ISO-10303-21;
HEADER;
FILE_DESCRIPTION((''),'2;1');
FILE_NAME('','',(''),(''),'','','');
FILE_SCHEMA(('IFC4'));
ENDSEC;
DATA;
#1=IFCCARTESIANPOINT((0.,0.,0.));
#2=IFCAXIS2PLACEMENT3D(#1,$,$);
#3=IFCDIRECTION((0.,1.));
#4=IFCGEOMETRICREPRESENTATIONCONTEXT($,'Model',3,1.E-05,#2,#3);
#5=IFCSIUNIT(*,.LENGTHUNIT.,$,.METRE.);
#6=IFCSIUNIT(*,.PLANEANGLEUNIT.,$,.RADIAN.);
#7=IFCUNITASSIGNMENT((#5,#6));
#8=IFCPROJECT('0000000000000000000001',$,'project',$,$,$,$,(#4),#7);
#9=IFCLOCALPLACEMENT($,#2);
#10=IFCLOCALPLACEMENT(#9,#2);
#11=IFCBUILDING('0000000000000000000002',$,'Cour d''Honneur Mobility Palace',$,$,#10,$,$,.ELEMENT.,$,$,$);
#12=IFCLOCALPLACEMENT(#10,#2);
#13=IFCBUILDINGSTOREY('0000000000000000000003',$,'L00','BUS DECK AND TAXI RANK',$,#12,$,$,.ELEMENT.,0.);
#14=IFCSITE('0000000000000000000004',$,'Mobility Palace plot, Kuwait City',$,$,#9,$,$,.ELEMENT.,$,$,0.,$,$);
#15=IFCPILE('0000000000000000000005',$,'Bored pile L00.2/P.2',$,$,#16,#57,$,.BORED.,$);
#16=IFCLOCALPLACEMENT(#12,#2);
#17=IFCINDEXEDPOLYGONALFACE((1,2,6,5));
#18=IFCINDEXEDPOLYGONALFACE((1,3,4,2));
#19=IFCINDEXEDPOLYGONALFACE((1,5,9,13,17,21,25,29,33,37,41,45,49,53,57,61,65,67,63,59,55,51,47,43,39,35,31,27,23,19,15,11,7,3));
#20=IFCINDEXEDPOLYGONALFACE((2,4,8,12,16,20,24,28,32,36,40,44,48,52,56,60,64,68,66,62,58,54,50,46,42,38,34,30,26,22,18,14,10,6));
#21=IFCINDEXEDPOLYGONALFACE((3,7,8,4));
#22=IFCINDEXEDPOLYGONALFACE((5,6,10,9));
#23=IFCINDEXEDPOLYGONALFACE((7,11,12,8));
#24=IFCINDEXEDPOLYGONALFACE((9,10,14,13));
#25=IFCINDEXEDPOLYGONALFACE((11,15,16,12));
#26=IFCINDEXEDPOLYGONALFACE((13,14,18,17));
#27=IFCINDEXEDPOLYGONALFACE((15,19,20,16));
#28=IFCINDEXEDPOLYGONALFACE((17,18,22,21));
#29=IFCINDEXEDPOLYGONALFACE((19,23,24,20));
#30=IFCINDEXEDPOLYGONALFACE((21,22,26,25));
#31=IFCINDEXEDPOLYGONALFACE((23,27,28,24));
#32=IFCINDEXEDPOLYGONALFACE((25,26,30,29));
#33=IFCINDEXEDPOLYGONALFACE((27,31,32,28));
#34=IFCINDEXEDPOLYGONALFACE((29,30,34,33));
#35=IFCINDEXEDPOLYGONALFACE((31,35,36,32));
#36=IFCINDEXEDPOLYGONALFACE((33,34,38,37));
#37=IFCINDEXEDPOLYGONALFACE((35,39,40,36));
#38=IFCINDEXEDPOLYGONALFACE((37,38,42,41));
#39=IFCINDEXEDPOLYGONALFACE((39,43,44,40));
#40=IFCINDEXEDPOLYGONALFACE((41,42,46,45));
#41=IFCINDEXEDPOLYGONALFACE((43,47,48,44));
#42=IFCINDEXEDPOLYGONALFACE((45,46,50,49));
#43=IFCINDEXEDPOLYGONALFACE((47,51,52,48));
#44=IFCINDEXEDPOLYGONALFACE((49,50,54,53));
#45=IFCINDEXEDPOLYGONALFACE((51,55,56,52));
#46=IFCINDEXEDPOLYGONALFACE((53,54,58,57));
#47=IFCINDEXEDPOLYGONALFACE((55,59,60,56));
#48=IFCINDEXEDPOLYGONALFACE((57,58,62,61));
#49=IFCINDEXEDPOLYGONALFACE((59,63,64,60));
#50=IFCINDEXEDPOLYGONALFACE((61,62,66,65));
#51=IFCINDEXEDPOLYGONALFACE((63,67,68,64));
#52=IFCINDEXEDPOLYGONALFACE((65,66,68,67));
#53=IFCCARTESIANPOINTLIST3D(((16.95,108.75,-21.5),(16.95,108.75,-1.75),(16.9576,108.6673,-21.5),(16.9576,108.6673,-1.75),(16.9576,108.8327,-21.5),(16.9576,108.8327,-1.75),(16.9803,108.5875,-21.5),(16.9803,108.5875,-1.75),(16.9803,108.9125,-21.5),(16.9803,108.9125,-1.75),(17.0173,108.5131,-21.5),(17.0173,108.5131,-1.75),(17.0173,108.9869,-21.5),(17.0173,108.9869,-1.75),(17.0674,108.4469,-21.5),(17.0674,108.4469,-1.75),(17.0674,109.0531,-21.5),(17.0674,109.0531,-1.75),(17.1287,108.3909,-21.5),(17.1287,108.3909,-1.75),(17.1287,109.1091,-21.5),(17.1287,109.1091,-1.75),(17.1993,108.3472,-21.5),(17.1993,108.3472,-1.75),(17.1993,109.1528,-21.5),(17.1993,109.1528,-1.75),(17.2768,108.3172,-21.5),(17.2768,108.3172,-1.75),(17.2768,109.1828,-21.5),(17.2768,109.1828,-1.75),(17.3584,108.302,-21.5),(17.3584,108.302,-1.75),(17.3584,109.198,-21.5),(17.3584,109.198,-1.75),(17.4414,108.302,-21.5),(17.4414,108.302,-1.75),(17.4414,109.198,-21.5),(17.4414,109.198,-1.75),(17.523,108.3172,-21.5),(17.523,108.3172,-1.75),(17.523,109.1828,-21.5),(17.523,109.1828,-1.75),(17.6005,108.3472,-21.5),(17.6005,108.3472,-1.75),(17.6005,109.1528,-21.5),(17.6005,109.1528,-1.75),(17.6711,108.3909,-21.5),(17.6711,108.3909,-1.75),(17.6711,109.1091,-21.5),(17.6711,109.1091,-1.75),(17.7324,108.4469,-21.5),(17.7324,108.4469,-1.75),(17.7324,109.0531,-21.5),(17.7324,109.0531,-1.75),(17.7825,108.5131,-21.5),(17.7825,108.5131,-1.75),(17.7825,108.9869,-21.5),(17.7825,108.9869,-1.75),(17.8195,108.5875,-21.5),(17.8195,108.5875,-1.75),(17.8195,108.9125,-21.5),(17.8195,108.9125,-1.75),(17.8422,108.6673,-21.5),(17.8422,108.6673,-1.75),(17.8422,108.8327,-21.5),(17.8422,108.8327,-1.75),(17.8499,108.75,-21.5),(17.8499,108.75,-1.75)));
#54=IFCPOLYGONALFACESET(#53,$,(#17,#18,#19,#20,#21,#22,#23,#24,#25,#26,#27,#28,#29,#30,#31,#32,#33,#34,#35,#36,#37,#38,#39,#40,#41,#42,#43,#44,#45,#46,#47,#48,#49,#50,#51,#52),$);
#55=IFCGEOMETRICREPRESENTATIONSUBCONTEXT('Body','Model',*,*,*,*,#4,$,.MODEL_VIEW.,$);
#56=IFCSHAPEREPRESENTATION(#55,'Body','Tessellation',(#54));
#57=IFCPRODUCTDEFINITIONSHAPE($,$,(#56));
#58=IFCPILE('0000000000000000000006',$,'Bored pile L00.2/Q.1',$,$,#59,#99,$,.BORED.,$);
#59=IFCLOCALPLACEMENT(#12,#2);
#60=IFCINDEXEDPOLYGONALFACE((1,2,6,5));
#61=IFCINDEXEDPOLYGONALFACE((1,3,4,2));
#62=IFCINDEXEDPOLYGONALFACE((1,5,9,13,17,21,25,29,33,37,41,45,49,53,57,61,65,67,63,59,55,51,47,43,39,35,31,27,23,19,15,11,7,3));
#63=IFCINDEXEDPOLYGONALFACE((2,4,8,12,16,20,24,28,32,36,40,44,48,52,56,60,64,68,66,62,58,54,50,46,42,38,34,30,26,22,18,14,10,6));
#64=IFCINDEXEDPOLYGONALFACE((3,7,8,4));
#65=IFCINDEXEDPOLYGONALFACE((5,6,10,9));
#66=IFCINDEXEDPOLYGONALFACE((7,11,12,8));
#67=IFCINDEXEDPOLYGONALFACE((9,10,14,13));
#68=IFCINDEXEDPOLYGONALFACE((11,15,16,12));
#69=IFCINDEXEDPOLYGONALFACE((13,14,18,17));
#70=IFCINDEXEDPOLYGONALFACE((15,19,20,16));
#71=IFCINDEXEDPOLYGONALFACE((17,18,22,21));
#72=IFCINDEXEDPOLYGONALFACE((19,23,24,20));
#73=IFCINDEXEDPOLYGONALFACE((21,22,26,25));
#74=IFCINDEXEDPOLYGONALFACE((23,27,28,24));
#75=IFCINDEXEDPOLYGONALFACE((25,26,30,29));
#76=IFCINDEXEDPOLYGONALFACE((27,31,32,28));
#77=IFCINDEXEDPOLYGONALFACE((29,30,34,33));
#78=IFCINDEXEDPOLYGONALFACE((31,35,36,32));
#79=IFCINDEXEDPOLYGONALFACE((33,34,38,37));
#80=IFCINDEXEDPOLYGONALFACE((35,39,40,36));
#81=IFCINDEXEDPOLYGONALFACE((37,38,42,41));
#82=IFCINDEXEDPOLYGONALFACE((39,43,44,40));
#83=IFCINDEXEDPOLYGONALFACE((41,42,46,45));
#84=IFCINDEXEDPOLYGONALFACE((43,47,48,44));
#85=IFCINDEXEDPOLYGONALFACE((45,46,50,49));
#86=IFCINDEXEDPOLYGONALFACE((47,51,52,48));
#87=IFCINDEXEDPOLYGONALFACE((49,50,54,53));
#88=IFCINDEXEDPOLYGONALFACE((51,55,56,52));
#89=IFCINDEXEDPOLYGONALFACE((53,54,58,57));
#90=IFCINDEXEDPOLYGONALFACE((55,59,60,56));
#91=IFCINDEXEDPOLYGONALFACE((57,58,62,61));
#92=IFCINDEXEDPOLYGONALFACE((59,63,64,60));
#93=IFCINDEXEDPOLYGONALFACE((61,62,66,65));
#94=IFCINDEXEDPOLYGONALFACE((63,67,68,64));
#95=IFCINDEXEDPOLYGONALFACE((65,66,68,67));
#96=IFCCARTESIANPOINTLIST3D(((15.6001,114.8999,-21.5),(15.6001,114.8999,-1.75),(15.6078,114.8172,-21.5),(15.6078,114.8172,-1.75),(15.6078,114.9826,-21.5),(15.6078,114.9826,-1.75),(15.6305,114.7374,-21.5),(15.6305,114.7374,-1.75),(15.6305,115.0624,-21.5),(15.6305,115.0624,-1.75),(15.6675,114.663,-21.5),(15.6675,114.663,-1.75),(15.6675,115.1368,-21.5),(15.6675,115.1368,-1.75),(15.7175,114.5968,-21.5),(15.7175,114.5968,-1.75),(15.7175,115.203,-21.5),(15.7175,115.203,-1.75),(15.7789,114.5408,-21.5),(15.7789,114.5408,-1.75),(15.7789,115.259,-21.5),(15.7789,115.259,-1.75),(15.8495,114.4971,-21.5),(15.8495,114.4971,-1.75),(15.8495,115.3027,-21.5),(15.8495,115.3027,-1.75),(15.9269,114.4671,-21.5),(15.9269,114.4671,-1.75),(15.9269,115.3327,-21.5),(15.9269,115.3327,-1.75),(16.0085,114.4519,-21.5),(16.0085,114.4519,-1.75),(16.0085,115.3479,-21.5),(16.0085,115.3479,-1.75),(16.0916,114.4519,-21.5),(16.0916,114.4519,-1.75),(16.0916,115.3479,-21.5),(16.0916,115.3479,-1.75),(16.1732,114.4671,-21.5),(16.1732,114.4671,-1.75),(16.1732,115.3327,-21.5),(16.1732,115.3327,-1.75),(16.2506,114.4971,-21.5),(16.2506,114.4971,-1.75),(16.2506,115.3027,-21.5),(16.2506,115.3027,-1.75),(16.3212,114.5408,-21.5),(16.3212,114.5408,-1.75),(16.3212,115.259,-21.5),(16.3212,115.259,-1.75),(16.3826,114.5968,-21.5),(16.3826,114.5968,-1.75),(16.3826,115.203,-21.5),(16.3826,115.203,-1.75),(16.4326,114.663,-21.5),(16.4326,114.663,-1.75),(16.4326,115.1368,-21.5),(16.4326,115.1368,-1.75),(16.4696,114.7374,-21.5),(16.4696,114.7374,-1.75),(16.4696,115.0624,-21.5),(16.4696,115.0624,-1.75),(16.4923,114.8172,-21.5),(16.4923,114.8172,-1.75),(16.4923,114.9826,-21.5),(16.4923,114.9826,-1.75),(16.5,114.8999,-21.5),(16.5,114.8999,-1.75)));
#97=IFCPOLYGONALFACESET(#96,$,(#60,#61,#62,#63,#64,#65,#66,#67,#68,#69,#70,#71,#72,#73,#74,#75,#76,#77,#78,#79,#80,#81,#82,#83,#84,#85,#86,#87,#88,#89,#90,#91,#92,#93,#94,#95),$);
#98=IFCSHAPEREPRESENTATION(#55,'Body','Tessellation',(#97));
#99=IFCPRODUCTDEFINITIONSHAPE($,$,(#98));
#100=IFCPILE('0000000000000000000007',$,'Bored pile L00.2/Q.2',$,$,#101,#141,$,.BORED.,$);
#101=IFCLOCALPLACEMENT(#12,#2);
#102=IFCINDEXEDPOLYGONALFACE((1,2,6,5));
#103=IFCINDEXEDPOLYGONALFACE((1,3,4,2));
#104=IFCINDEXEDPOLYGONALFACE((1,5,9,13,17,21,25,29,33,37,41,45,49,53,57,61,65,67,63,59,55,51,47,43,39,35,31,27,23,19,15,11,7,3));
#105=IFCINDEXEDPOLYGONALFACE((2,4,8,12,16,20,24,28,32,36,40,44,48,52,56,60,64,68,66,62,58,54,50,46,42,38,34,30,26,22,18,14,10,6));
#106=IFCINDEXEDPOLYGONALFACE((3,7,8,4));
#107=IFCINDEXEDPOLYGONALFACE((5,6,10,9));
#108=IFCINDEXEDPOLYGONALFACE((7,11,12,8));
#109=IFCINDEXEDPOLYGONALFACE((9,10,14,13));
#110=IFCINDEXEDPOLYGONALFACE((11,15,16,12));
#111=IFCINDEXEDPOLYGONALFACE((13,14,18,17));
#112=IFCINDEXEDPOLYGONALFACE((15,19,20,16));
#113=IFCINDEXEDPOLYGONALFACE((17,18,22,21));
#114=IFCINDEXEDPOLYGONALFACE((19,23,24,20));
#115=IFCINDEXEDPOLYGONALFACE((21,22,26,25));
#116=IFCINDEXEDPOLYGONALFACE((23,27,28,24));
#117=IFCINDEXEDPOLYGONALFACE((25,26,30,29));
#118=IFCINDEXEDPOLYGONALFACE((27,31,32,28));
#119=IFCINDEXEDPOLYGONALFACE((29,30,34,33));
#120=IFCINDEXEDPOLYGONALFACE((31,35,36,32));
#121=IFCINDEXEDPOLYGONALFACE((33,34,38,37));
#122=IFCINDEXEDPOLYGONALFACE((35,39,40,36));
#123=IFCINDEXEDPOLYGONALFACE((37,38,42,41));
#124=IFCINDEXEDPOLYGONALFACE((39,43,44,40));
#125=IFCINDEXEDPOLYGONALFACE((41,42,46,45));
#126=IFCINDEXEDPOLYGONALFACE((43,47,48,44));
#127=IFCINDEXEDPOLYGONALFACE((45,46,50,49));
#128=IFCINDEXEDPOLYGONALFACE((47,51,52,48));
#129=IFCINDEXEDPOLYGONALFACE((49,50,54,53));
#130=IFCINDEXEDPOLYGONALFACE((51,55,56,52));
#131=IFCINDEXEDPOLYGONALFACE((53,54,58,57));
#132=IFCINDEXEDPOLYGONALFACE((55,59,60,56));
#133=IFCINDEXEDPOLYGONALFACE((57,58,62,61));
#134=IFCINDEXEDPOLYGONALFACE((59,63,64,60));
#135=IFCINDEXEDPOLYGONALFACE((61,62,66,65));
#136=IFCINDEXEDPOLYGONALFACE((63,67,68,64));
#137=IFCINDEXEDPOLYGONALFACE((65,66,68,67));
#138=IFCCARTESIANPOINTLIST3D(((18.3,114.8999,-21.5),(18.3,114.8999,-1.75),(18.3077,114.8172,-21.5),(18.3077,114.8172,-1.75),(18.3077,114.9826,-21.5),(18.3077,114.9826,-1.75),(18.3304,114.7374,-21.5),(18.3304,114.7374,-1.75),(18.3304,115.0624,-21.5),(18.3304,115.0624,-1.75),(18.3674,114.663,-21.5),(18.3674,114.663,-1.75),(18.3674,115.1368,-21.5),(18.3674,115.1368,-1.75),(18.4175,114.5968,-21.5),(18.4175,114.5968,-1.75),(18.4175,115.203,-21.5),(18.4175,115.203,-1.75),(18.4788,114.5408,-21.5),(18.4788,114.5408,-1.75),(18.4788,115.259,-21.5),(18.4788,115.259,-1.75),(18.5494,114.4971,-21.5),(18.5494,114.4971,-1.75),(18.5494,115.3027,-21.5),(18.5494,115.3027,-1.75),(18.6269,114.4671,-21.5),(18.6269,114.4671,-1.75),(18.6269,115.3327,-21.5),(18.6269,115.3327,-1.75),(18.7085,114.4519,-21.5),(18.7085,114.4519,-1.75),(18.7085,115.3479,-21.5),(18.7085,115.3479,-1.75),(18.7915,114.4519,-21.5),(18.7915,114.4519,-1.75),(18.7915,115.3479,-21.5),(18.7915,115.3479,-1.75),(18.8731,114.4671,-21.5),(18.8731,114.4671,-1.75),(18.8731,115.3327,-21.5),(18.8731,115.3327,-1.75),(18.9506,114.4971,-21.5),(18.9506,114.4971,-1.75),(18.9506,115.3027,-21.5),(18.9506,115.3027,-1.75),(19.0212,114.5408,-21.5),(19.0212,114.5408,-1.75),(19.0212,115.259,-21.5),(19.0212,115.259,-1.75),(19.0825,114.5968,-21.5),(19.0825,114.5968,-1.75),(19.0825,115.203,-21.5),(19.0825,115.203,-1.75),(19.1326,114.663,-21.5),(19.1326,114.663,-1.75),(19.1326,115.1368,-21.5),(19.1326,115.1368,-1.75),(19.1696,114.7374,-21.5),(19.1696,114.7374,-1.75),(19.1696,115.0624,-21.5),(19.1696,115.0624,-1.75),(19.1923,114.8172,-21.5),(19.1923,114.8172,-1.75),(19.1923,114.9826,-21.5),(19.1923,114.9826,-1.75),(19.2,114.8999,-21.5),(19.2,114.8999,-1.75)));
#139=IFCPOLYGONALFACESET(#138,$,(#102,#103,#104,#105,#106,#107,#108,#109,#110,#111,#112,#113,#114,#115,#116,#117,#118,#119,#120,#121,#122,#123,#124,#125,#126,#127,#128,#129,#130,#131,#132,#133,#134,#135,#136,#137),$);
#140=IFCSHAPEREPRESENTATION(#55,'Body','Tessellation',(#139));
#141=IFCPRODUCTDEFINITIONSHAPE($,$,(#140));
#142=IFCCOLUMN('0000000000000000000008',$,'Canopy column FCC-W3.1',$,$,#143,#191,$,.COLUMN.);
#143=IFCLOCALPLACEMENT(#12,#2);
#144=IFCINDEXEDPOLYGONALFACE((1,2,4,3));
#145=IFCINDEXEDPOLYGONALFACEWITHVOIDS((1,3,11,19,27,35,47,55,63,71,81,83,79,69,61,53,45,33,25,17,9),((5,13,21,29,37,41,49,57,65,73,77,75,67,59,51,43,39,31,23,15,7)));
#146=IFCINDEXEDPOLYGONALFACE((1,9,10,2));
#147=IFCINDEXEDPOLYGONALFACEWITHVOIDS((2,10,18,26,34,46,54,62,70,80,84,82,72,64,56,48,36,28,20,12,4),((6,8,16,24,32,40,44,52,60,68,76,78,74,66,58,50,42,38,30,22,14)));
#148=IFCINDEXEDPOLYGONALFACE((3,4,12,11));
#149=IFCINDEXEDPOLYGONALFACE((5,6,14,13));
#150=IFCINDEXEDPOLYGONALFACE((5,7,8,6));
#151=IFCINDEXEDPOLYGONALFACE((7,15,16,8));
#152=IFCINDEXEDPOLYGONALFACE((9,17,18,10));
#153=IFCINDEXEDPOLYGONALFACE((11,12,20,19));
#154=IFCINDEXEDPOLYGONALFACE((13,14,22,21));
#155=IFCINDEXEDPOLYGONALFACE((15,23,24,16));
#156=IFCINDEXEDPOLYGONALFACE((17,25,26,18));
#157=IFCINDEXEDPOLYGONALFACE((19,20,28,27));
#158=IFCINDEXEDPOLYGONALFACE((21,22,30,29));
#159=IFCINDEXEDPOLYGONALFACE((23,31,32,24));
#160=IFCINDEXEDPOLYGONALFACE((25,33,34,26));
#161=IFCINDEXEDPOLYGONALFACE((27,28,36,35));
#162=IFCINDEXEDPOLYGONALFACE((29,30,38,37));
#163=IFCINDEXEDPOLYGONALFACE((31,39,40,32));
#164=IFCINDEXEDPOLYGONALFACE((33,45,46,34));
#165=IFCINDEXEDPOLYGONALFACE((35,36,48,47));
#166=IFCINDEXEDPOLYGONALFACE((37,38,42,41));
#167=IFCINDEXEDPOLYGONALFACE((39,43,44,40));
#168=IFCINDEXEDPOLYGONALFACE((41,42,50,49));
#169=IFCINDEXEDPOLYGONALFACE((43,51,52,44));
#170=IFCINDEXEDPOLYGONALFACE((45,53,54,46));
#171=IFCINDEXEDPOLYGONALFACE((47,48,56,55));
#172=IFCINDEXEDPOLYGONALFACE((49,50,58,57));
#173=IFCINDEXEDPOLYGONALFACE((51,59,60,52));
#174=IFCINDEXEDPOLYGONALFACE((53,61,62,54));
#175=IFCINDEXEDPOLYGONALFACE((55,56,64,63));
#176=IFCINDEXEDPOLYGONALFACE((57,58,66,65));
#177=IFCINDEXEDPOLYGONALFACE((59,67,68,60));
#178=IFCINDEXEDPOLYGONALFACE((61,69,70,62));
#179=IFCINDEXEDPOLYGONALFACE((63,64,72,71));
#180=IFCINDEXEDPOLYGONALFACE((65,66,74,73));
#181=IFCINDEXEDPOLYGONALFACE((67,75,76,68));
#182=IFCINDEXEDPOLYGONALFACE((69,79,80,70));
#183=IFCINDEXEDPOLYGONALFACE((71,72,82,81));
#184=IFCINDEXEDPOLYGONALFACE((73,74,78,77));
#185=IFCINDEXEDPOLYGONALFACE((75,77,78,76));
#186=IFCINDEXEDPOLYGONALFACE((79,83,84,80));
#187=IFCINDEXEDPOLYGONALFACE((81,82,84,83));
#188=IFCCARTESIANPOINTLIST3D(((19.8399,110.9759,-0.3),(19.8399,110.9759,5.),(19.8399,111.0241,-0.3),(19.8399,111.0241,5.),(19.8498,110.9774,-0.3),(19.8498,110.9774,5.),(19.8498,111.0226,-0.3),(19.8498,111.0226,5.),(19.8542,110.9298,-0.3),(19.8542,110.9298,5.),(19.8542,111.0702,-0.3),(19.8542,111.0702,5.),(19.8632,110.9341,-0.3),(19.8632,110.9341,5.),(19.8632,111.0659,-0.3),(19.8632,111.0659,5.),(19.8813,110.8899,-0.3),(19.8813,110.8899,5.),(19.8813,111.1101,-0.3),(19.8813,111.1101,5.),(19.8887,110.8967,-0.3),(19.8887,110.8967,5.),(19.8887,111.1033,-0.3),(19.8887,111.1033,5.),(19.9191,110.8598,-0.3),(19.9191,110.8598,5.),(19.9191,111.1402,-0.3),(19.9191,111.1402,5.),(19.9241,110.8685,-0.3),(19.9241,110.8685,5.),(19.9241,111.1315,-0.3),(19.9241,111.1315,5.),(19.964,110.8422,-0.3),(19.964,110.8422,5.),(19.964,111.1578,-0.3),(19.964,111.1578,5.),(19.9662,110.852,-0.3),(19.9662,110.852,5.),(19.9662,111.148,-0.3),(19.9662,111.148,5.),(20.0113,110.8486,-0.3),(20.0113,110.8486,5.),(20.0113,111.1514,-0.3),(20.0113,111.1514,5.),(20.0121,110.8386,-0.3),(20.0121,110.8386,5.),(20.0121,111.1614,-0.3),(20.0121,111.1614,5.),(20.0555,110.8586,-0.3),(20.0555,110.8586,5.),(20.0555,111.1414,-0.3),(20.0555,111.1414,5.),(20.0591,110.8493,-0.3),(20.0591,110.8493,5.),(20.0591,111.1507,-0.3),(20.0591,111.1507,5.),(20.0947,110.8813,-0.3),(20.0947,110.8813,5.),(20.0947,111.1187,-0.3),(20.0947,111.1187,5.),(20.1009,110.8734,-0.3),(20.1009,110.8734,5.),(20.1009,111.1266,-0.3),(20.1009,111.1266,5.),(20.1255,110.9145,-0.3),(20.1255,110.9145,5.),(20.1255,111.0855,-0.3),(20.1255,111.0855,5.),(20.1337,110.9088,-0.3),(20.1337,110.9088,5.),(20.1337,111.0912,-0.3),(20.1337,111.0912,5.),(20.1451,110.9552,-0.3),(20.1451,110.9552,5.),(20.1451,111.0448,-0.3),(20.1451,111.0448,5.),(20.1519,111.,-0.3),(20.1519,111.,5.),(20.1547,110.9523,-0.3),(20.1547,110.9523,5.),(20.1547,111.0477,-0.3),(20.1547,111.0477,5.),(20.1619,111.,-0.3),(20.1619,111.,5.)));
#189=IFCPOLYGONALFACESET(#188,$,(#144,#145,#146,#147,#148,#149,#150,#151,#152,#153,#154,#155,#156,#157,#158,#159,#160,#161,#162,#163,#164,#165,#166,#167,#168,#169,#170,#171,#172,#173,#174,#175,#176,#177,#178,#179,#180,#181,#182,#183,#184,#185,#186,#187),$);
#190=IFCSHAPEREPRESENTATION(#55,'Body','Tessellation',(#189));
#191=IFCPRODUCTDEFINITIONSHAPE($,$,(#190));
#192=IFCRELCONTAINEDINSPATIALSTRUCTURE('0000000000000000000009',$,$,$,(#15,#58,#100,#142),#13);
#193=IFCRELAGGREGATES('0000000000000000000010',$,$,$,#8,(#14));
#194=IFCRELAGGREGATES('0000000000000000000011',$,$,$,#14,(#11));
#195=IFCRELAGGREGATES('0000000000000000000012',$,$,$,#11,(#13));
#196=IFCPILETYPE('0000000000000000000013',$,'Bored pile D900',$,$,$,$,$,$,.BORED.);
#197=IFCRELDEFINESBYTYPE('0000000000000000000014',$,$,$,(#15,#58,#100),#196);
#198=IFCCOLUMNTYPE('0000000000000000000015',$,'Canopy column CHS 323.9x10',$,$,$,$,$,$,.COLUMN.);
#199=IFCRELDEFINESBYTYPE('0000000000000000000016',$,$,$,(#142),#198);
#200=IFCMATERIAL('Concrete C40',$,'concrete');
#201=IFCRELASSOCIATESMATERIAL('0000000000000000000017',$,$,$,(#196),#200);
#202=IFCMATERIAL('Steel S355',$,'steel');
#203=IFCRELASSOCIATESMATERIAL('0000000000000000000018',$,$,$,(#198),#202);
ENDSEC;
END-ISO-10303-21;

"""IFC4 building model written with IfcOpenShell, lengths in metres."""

from ifc_helpers import new_model, si_unit, direction, frame, origin, origin_2d, place, context, subcontext, project, spatial, circle, hollow_circle, extrude, material, material_profile, profile_set, type_object, element, save


model = new_model("IFC4")

# Units and contexts
model_context = context("Model", 3, precision=1e-05, world=origin(), true_north=direction((0.0, 1.0)))
body_context = subcontext(model_context, "Body", "Model", "MODEL_VIEW")
ifc_project = project(units=[si_unit("LENGTHUNIT", "METRE"), si_unit("PLANEANGLEUNIT", "RADIAN")], contexts=[model_context])

# Site, building, storey
site_placement = place(None, origin())
site = spatial("IfcSite", under=ifc_project, at=site_placement, Name="Mobility Palace plot, Kuwait City", CompositionType="ELEMENT", RefElevation=0.0)
building_placement = place(site_placement, origin())
building = spatial("IfcBuilding", under=site, at=building_placement, Name="Cour d'Honneur Mobility Palace", CompositionType="ELEMENT")
storey_placement = place(building_placement, origin())
storey = spatial("IfcBuildingStorey", under=building, at=storey_placement, Name="L00", Description="BUS DECK AND TAXI RANK", CompositionType="ELEMENT", Elevation=0.0)

# Piles
ifc_material_1 = material(Name="Concrete C40", Category="concrete")
ifc_material_profile_1 = material_profile(ifc_material_1, circle(Radius=0.45, at=origin_2d()), Name="Bored pile D900")
ifc_profile_set_1 = profile_set([ifc_material_profile_1], Name="Concrete C40")
pile_type = type_object("IfcPileType", Name="Bored pile D900", PredefinedType="BORED", material=ifc_profile_set_1)
for number, where, z_axis, x_axis, name in (
    (1, (17.3999, 108.75, -1.75), (0.0, 0.0, -1.0), (1.0, 0.0, 0.0), "Bored pile L00.2/P.2"),
    (2, (16.05, 114.8999, -1.75), (0.0, 0.0, -1.0), (1.0, 0.0, 0.0), "Bored pile L00.2/Q.1"),
    (3, (18.75, 114.8999, -1.75), (0.0, 0.0, -1.0), (1.0, 0.0, 0.0), "Bored pile L00.2/Q.2"),
):
    element("IfcPile", number, at=place(storey_placement, frame(where, z_axis=z_axis, x_axis=x_axis)), inside=storey, type_object=pile_type, Name=name, PredefinedType="BORED", context=body_context, shape_type="SweptSolid", body=[
        extrude(circle(Radius=0.45, at=origin_2d()), origin(), (0.0, 0.0, 1.0), 19.75),
    ])

# Column
ifc_material_2 = material(Name="Steel S355", Category="steel")
ifc_material_profile_2 = material_profile(ifc_material_2, hollow_circle(Radius=0.1619, WallThickness=0.01, at=origin_2d()), Name="CHS 323.9x10")
ifc_profile_set_2 = profile_set([ifc_material_profile_2], Name="Steel S355")
column_type_1 = type_object("IfcColumnType", Name="Canopy column CHS 323.9x10", PredefinedType="COLUMN", material=ifc_profile_set_2)
for number, where, z_axis, x_axis, name in (
    (4, (20.0, 111.0, -0.3), (0.0, 0.0, 1.0), (1.0, 0.0, 0.0), "Canopy column FCC-W3.1"),
):
    element("IfcColumn", number, at=place(storey_placement, frame(where, z_axis=z_axis, x_axis=x_axis)), inside=storey, type_object=column_type_1, Name=name, PredefinedType="COLUMN", context=body_context, shape_type="SweptSolid", body=[
        extrude(hollow_circle(Radius=0.1619, WallThickness=0.01, at=origin_2d()), origin(), (0.0, 0.0, 1.0), 5.3),
    ])

save(model, "model.ifc")
